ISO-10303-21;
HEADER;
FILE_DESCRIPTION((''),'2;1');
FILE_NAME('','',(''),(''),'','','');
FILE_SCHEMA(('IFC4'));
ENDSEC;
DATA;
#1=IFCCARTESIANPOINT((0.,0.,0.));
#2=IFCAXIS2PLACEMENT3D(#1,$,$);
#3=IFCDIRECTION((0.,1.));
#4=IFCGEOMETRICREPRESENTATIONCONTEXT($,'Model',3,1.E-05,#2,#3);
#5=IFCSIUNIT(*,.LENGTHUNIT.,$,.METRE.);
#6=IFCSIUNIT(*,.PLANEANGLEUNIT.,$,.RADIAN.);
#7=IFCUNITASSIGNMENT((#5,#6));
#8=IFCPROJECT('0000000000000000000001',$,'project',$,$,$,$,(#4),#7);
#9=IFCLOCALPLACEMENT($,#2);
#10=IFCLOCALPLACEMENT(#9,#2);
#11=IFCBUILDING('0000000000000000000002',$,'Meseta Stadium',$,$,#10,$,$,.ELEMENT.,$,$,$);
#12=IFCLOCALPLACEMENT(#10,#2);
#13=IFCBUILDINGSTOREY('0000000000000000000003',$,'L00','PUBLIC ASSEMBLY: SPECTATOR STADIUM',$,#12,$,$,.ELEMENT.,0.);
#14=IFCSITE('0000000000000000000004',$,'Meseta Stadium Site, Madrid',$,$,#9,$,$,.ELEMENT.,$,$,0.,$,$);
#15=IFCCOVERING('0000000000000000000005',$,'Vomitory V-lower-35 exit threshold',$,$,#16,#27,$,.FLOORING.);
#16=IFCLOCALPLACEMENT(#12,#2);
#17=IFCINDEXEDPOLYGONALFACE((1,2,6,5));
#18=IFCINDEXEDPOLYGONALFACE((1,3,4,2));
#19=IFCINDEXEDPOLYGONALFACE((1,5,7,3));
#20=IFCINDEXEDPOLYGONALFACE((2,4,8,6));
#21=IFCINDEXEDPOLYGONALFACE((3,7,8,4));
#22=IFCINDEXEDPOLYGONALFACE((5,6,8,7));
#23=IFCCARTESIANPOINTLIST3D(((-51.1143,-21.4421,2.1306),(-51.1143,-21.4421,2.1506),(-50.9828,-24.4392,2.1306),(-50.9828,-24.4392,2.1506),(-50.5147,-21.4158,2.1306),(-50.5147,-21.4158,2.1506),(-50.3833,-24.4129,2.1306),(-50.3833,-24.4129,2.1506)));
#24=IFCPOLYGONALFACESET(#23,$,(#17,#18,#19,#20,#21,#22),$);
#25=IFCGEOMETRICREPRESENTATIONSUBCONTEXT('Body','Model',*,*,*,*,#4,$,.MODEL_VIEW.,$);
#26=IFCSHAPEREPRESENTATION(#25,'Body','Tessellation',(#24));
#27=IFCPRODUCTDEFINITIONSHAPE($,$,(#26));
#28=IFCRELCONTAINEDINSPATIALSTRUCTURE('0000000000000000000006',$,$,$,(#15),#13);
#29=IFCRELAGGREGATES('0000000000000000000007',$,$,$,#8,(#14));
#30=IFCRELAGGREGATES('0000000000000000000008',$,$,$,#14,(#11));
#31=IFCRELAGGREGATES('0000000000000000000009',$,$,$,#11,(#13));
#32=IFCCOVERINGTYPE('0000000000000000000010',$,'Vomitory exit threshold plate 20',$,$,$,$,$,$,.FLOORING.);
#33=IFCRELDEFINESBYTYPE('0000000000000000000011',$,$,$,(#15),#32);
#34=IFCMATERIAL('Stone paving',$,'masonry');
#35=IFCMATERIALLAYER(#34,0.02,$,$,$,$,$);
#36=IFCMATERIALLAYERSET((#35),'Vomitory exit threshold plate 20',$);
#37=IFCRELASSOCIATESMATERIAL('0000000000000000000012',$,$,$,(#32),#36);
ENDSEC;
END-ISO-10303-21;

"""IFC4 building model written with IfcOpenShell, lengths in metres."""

from ifc_helpers import new_model, si_unit, direction, frame, origin, origin_2d, place, context, subcontext, project, spatial, rectangle, extrude, material, layer, layer_set, type_object, element, save


model = new_model("IFC4")

# Units and contexts
model_context = context("Model", 3, precision=1e-05, world=origin(), true_north=direction((0.0, 1.0)))
body_context = subcontext(model_context, "Body", "Model", "MODEL_VIEW")
ifc_project = project(units=[si_unit("LENGTHUNIT", "METRE"), si_unit("PLANEANGLEUNIT", "RADIAN")], contexts=[model_context])

# Site, building, storey
site_placement = place(None, origin())
site = spatial("IfcSite", under=ifc_project, at=site_placement, Name="Meseta Stadium Site, Madrid", CompositionType="ELEMENT", RefElevation=0.0)
building_placement = place(site_placement, origin())
building = spatial("IfcBuilding", under=site, at=building_placement, Name="Meseta Stadium", CompositionType="ELEMENT")
storey_placement = place(building_placement, origin())
storey = spatial("IfcBuildingStorey", under=building, at=storey_placement, Name="L00", Description="PUBLIC ASSEMBLY: SPECTATOR STADIUM", CompositionType="ELEMENT", Elevation=0.0)

# Covering
ifc_material_1 = material(Name="Stone paving", Category="masonry")
ifc_layer_1 = layer(ifc_material_1, 0.02)
ifc_layer_set_1 = layer_set([ifc_layer_1], Name="Vomitory exit threshold plate 20")
covering_type = type_object("IfcCoveringType", Name="Vomitory exit threshold plate 20", PredefinedType="FLOORING", material=ifc_layer_set_1)
for number, where, z_axis, x_axis, name in (
    (1, (-50.7488, -22.9275, 2.1306), (0.0, 0.0, 1.0), (0.99904, 0.043818, 0.0), "Vomitory V-lower-35 exit threshold"),
):
    element("IfcCovering", number, at=place(storey_placement, frame(where, z_axis=z_axis, x_axis=x_axis)), inside=storey, type_object=covering_type, Name=name, PredefinedType="FLOORING", context=body_context, shape_type="SweptSolid", body=[
        extrude(rectangle(XDim=0.6001, YDim=3.0, at=origin_2d()), origin(), (0.0, 0.0, 1.0), 0.02),
    ])

save(model, "model.ifc")
